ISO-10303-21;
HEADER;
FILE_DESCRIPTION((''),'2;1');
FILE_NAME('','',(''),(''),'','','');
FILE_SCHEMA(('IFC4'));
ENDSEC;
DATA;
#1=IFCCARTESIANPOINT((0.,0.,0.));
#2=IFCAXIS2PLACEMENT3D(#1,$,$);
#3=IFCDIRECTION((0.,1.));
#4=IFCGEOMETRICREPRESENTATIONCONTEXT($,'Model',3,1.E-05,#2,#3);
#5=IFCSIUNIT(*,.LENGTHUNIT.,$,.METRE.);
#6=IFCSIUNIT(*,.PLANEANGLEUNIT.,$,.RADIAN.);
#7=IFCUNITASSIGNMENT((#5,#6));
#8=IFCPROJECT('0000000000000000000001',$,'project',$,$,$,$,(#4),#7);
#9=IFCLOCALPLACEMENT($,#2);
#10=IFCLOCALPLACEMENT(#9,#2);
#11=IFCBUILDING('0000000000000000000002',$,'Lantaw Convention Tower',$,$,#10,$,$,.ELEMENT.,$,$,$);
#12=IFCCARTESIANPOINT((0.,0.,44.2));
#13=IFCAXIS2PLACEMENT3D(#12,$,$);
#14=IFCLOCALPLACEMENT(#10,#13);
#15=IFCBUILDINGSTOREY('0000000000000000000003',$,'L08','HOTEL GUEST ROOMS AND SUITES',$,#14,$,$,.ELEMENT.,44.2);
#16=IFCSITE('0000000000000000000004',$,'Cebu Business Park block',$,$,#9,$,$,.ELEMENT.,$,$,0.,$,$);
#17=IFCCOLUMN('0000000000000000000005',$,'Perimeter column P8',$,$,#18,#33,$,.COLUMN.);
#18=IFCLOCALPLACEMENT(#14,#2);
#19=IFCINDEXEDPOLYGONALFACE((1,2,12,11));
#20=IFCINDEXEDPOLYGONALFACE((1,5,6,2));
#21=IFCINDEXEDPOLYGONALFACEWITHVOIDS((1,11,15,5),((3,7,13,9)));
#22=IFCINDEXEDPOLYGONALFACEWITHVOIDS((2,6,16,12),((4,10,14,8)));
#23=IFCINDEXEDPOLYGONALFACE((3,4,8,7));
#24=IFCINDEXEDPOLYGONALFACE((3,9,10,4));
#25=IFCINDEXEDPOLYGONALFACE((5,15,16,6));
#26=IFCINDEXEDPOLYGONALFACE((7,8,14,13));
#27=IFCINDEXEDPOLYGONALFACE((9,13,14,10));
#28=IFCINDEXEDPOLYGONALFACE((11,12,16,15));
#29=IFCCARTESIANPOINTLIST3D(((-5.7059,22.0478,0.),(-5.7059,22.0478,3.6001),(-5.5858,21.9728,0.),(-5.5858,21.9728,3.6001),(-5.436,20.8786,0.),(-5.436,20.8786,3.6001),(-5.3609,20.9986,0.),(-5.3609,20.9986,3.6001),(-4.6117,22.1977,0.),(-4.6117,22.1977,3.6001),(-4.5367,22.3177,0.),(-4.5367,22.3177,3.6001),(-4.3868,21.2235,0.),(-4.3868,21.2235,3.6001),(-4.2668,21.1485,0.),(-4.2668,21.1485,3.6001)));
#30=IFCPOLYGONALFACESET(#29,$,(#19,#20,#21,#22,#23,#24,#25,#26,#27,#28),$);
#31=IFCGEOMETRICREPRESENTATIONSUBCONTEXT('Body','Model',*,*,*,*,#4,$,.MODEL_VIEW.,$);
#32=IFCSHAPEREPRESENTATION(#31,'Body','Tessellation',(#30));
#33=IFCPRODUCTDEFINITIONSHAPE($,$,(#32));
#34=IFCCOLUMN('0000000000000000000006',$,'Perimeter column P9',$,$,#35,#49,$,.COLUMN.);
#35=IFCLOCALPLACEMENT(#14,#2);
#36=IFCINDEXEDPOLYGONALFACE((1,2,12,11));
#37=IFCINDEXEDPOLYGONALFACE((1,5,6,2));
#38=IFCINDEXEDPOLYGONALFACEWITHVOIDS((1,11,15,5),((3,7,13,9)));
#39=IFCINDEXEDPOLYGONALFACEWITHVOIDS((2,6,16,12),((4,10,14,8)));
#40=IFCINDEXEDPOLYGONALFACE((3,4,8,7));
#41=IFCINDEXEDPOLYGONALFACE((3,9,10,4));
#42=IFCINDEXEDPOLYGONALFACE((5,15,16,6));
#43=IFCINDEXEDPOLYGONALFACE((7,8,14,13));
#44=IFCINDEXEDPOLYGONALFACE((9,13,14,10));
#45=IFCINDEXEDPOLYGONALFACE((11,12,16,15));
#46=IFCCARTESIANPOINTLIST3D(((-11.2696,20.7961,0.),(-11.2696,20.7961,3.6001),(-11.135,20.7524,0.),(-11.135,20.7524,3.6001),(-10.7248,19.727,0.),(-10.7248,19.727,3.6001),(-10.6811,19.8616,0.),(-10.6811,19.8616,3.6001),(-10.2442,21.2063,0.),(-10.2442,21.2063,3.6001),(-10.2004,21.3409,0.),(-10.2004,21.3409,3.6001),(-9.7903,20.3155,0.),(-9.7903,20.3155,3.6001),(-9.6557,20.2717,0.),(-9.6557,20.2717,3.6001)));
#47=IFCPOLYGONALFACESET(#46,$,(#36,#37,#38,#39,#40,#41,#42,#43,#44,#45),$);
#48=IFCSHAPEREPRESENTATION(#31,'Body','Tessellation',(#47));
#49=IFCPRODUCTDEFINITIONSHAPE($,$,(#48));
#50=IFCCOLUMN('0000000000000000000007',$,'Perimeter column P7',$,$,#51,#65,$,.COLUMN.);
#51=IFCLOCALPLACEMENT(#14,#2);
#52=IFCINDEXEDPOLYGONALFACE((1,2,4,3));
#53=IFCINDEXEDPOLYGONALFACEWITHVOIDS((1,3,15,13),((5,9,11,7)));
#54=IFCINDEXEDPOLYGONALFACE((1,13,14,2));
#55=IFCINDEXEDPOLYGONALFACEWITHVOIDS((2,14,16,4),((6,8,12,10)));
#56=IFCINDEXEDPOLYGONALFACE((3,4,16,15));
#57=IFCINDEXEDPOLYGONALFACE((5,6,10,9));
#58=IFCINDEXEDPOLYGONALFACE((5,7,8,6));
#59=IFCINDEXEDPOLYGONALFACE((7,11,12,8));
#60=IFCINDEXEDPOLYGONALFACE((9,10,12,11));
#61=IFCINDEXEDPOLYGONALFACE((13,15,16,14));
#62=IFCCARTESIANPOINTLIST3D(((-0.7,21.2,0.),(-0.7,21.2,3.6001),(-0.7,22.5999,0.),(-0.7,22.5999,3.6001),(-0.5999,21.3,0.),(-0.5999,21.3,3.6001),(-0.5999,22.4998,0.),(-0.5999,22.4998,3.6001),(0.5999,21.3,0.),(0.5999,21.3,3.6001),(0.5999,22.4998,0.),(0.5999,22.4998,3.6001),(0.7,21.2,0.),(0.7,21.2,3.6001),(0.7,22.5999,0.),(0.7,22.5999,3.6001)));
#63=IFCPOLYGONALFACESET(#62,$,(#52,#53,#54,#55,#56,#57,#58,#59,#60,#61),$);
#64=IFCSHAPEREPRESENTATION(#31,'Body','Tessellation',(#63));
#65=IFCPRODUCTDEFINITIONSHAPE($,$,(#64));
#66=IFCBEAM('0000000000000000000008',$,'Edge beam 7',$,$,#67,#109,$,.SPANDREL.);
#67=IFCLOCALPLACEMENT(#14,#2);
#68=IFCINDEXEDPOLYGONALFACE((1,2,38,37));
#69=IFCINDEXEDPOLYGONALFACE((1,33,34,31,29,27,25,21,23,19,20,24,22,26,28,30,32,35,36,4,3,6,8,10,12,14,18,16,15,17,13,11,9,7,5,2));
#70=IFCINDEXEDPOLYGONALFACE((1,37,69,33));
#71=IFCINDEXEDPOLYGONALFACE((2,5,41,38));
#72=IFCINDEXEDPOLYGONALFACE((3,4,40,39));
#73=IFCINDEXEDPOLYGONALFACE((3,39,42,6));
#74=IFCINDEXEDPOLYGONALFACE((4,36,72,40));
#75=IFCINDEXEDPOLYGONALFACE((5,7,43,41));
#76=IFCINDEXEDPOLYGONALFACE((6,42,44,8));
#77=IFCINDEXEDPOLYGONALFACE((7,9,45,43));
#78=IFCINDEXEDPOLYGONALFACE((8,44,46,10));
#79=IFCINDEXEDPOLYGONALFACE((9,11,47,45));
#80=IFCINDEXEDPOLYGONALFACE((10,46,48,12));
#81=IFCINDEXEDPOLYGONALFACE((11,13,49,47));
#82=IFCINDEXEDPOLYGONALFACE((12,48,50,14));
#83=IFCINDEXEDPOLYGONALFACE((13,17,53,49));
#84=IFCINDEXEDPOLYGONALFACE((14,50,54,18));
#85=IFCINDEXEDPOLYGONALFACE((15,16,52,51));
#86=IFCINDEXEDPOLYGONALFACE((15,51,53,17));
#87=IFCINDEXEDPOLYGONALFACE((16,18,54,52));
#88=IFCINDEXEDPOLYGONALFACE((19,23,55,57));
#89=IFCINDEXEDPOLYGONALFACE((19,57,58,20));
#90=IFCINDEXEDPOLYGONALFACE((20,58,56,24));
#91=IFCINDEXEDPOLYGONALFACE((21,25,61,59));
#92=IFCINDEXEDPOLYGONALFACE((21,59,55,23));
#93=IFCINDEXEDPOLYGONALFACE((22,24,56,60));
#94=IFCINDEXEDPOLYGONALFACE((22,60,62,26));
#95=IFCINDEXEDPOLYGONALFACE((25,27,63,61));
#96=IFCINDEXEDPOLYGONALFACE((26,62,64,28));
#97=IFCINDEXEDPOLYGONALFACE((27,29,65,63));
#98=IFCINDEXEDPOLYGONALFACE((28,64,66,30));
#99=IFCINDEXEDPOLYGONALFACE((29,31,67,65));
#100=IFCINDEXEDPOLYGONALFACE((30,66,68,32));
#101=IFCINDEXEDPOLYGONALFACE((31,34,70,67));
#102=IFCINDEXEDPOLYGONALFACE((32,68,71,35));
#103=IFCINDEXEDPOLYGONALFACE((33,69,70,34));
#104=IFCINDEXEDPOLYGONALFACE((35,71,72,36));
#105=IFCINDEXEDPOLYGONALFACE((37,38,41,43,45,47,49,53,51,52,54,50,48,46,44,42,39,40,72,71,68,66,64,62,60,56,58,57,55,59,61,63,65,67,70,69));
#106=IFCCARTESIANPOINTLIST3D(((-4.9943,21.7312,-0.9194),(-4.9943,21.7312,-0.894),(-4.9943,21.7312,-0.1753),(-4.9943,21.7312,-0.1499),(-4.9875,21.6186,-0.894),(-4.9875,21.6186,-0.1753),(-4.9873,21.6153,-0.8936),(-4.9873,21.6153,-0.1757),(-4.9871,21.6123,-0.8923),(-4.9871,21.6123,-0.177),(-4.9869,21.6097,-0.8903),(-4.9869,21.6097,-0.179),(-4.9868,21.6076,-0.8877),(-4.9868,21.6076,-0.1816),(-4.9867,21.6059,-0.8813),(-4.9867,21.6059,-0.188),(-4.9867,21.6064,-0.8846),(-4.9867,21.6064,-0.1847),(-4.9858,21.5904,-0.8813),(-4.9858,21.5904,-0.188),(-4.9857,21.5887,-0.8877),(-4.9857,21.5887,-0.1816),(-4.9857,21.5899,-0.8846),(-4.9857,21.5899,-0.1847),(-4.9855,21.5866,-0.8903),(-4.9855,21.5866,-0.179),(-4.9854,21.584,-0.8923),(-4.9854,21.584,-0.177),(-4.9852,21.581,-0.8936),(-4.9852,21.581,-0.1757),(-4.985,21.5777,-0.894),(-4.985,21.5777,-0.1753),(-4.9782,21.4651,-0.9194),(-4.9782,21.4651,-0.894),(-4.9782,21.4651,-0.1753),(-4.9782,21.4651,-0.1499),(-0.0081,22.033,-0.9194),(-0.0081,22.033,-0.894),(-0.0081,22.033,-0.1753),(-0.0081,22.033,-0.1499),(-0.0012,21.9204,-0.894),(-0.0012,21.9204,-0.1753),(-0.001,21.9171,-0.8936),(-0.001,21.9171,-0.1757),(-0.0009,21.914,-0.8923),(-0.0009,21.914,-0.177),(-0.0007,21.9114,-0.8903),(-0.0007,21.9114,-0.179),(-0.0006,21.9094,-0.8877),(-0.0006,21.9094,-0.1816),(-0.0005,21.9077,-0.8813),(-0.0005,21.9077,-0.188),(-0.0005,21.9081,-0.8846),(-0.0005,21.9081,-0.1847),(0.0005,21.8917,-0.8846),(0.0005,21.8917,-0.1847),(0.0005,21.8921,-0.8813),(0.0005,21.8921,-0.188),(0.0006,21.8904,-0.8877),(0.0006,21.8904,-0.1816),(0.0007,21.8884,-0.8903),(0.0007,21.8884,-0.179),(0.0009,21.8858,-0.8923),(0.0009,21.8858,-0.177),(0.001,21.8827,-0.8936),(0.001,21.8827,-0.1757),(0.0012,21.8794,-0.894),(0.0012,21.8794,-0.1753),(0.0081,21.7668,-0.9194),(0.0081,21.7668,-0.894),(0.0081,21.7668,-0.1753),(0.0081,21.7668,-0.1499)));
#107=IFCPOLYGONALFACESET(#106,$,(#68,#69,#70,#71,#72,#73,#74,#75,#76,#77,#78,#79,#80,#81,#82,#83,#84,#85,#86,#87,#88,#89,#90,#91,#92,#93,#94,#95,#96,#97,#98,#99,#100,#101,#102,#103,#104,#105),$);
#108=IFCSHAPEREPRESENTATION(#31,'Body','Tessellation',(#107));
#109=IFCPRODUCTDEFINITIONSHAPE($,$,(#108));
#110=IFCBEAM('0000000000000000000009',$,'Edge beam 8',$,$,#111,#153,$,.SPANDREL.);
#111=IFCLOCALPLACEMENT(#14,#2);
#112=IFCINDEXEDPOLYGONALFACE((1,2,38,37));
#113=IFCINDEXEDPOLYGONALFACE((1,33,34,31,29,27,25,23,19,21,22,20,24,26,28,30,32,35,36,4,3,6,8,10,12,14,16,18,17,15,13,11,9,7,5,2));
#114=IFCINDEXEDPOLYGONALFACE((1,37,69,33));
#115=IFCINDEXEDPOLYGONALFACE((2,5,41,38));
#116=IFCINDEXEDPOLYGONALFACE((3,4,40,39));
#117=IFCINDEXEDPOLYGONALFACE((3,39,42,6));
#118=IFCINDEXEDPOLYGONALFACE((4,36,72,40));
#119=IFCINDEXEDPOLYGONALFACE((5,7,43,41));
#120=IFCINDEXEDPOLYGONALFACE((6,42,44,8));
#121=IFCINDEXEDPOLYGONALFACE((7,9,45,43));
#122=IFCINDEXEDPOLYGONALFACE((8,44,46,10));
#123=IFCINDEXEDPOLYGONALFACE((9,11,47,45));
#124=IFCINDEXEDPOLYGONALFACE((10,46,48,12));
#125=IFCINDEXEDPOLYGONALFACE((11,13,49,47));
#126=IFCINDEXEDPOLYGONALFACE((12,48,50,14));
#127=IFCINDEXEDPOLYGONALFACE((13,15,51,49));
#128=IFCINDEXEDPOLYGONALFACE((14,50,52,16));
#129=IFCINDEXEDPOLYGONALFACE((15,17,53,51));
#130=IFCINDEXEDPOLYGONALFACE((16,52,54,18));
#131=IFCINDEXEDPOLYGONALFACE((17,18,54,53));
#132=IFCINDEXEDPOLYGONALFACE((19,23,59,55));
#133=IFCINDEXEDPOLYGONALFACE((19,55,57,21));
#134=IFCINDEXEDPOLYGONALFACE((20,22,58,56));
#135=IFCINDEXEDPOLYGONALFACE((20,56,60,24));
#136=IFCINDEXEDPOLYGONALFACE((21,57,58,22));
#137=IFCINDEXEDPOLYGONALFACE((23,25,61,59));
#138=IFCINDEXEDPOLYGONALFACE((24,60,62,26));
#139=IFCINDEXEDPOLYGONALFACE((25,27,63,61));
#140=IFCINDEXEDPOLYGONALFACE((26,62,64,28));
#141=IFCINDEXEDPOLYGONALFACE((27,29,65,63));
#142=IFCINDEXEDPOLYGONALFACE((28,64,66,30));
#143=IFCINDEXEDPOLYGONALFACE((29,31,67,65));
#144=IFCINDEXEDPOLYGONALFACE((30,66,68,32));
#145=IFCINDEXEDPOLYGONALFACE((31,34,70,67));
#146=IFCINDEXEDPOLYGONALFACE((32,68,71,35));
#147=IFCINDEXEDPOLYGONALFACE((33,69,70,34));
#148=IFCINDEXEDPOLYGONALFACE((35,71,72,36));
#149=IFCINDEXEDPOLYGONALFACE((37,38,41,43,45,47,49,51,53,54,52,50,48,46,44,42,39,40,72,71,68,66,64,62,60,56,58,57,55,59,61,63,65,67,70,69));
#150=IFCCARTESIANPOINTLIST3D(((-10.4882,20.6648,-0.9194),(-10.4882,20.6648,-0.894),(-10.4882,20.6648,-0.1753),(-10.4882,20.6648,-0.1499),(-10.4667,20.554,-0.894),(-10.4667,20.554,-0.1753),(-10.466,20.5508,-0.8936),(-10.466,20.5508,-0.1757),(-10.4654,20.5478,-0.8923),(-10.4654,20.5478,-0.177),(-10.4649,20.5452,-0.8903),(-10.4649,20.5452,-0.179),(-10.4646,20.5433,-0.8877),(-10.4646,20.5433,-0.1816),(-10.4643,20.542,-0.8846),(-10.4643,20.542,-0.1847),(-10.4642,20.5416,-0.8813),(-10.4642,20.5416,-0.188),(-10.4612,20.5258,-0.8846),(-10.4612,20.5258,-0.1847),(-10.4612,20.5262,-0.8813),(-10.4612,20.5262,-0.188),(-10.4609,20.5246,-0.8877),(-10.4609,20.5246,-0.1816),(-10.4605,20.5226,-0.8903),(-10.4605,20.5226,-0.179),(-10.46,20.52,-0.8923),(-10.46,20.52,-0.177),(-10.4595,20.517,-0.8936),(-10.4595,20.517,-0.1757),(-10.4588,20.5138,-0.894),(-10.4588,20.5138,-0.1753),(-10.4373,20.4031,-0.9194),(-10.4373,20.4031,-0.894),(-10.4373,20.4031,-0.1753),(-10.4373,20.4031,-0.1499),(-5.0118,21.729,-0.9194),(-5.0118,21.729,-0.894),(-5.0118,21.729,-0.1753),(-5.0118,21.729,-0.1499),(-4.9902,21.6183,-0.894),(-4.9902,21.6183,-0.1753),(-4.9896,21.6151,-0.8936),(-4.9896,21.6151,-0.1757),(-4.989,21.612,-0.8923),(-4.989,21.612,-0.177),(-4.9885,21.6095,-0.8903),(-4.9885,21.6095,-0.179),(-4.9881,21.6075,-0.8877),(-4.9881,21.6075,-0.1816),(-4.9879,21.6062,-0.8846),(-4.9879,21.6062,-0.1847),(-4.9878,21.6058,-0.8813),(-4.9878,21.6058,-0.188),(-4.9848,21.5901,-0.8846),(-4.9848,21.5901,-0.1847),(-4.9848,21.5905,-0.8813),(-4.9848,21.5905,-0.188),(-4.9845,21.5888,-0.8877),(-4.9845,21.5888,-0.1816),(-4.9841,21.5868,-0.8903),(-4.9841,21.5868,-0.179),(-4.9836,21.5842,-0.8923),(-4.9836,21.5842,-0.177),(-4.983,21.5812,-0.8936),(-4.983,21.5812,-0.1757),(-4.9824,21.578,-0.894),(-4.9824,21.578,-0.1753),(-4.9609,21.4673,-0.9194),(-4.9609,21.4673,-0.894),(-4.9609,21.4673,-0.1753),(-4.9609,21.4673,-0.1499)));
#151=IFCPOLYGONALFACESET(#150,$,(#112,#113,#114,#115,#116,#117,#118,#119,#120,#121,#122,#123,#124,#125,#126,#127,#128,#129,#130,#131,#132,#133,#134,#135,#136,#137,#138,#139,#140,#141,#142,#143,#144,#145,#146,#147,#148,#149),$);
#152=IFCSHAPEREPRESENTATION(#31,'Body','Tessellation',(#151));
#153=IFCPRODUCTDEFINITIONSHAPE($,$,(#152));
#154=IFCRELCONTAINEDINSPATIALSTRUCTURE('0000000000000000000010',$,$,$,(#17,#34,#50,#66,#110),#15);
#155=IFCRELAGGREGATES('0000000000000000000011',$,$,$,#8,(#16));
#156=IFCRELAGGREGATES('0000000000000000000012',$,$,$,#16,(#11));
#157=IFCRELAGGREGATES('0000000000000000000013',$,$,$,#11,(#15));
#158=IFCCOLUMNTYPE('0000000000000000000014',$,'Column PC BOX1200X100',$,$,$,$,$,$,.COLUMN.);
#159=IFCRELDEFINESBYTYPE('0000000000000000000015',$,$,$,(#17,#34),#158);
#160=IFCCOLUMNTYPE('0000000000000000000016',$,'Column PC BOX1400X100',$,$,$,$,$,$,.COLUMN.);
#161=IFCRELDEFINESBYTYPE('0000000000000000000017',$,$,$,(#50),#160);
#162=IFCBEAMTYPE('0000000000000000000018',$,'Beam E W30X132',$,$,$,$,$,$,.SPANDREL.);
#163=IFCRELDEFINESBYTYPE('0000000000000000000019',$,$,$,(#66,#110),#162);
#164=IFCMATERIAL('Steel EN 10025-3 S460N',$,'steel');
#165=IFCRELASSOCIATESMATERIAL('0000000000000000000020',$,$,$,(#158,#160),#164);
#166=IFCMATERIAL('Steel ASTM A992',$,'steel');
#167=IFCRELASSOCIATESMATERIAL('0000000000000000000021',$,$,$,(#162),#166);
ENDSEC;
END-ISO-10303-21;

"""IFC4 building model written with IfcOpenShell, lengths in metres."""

from ifc_helpers import new_model, si_unit, direction, frame, origin, origin_2d, place, context, subcontext, project, spatial, rectangle, hollow_rectangle, i_section, extrude, material, material_profile, profile_set, type_object, element, save


model = new_model("IFC4")

# Units and contexts
model_context = context("Model", 3, precision=1e-05, world=origin(), true_north=direction((0.0, 1.0)))
body_context = subcontext(model_context, "Body", "Model", "MODEL_VIEW")
ifc_project = project(units=[si_unit("LENGTHUNIT", "METRE"), si_unit("PLANEANGLEUNIT", "RADIAN")], contexts=[model_context])

# Site, building, storey
site_placement = place(None, origin())
site = spatial("IfcSite", under=ifc_project, at=site_placement, Name="Cebu Business Park block", CompositionType="ELEMENT", RefElevation=0.0)
building_placement = place(site_placement, origin())
building = spatial("IfcBuilding", under=site, at=building_placement, Name="Lantaw Convention Tower", CompositionType="ELEMENT")
storey_placement = place(building_placement, frame((0.0, 0.0, 44.2)))
storey = spatial("IfcBuildingStorey", under=building, at=storey_placement, Name="L08", Description="HOTEL GUEST ROOMS AND SUITES", CompositionType="ELEMENT", Elevation=44.2)

# Columns
ifc_material_1 = material(Name="Steel EN 10025-3 S460N", Category="steel")
ifc_material_profile_1 = material_profile(ifc_material_1, hollow_rectangle(XDim=1.2, YDim=1.2, WallThickness=0.1001, at=origin_2d()), Name="BOX1200X100")
ifc_material_2 = material(Name="Concrete C60/75", Category="concrete")
ifc_material_profile_2 = material_profile(ifc_material_2, rectangle(XDim=1.0, YDim=1.0, at=origin_2d()), Name="Concrete fill of BOX1200X100")
ifc_profile_set_1 = profile_set([ifc_material_profile_1, ifc_material_profile_2], Name="Steel EN 10025-3 S460N")
column_type_1 = type_object("IfcColumnType", Name="Column PC BOX1200X100", PredefinedType="COLUMN", material=ifc_profile_set_1)
for number, where, z_axis, x_axis, name in (
    (1, (-4.9863, 21.5981, 0.0), (0.0, 0.0, 1.0), (0.97437, 0.224951, 0.0), "Perimeter column P8"),
    (2, (-10.4626, 20.5339, 0.0), (0.0, 0.0, 1.0), (0.891007, 0.45399, 0.0), "Perimeter column P9"),
):
    element("IfcColumn", number, at=place(storey_placement, frame(where, z_axis=z_axis, x_axis=x_axis)), inside=storey, type_object=column_type_1, Name=name, PredefinedType="COLUMN", context=body_context, shape_type="SweptSolid", body=[
        extrude(hollow_rectangle(XDim=1.2, YDim=1.2, WallThickness=0.1001, at=origin_2d()), origin(), (0.0, 0.0, 1.0), 3.6001),
    ])
ifc_material_profile_3 = material_profile(ifc_material_1, hollow_rectangle(XDim=1.3999, YDim=1.3999, WallThickness=0.1001, at=origin_2d()), Name="BOX1400X100")
ifc_material_profile_4 = material_profile(ifc_material_2, rectangle(XDim=1.2, YDim=1.2, at=origin_2d()), Name="Concrete fill of BOX1400X100")
ifc_profile_set_2 = profile_set([ifc_material_profile_3, ifc_material_profile_4], Name="Steel EN 10025-3 S460N")
column_type_2 = type_object("IfcColumnType", Name="Column PC BOX1400X100", PredefinedType="COLUMN", material=ifc_profile_set_2)
column_placement = place(storey_placement, frame((0.0, 21.8999, 0.0), z_axis=(0.0, 0.0, 1.0), x_axis=(1.0, 0.0, 0.0)))
element("IfcColumn", 3, at=column_placement, inside=storey, type_object=column_type_2, Name="Perimeter column P7", PredefinedType="COLUMN", context=body_context, shape_type="SweptSolid", body=[
    extrude(hollow_rectangle(XDim=1.3999, YDim=1.3999, WallThickness=0.1001, at=origin_2d()), origin(), (0.0, 0.0, 1.0), 3.6001),
])

# Beams
ifc_material_3 = material(Name="Steel ASTM A992", Category="steel")
ifc_material_profile_5 = material_profile(ifc_material_3, i_section(OverallWidth=0.2666, OverallDepth=0.7695, WebThickness=0.0156, FlangeThickness=0.0254, FilletRadius=0.0127, at=origin_2d()), Name="W30X132")
ifc_profile_set_3 = profile_set([ifc_material_profile_5], Name="Steel ASTM A992")
beam_type = type_object("IfcBeamType", Name="Beam E W30X132", PredefinedType="SPANDREL", material=ifc_profile_set_3)
beam_1_placement = place(storey_placement, frame((0.0, 21.8999, -0.5347), z_axis=(-0.998174, -0.060407, 0.0), x_axis=(0.060407, -0.998174, 0.0)))
element("IfcBeam", 4, at=beam_1_placement, inside=storey, type_object=beam_type, Name="Edge beam 7", PredefinedType="SPANDREL", context=body_context, shape_type="SweptSolid", body=[
    extrude(i_section(OverallWidth=0.2666, OverallDepth=0.7695, WebThickness=0.0156, FlangeThickness=0.0254, FilletRadius=0.0127, at=origin_2d()), origin(), (0.0, 0.0, 1.0), 4.9954),
])
beam_2_placement = place(storey_placement, frame((-4.9863, 21.5981, -0.5347), z_axis=(-0.981637, -0.190761, 0.0), x_axis=(0.190761, -0.981637, 0.0)))
element("IfcBeam", 5, at=beam_2_placement, inside=storey, type_object=beam_type, Name="Edge beam 8", PredefinedType="SPANDREL", context=body_context, shape_type="SweptSolid", body=[
    extrude(i_section(OverallWidth=0.2666, OverallDepth=0.7695, WebThickness=0.0156, FlangeThickness=0.0254, FilletRadius=0.0127, at=origin_2d()), origin(), (0.0, 0.0, 1.0), 5.5789),
])

save(model, "model.ifc")
